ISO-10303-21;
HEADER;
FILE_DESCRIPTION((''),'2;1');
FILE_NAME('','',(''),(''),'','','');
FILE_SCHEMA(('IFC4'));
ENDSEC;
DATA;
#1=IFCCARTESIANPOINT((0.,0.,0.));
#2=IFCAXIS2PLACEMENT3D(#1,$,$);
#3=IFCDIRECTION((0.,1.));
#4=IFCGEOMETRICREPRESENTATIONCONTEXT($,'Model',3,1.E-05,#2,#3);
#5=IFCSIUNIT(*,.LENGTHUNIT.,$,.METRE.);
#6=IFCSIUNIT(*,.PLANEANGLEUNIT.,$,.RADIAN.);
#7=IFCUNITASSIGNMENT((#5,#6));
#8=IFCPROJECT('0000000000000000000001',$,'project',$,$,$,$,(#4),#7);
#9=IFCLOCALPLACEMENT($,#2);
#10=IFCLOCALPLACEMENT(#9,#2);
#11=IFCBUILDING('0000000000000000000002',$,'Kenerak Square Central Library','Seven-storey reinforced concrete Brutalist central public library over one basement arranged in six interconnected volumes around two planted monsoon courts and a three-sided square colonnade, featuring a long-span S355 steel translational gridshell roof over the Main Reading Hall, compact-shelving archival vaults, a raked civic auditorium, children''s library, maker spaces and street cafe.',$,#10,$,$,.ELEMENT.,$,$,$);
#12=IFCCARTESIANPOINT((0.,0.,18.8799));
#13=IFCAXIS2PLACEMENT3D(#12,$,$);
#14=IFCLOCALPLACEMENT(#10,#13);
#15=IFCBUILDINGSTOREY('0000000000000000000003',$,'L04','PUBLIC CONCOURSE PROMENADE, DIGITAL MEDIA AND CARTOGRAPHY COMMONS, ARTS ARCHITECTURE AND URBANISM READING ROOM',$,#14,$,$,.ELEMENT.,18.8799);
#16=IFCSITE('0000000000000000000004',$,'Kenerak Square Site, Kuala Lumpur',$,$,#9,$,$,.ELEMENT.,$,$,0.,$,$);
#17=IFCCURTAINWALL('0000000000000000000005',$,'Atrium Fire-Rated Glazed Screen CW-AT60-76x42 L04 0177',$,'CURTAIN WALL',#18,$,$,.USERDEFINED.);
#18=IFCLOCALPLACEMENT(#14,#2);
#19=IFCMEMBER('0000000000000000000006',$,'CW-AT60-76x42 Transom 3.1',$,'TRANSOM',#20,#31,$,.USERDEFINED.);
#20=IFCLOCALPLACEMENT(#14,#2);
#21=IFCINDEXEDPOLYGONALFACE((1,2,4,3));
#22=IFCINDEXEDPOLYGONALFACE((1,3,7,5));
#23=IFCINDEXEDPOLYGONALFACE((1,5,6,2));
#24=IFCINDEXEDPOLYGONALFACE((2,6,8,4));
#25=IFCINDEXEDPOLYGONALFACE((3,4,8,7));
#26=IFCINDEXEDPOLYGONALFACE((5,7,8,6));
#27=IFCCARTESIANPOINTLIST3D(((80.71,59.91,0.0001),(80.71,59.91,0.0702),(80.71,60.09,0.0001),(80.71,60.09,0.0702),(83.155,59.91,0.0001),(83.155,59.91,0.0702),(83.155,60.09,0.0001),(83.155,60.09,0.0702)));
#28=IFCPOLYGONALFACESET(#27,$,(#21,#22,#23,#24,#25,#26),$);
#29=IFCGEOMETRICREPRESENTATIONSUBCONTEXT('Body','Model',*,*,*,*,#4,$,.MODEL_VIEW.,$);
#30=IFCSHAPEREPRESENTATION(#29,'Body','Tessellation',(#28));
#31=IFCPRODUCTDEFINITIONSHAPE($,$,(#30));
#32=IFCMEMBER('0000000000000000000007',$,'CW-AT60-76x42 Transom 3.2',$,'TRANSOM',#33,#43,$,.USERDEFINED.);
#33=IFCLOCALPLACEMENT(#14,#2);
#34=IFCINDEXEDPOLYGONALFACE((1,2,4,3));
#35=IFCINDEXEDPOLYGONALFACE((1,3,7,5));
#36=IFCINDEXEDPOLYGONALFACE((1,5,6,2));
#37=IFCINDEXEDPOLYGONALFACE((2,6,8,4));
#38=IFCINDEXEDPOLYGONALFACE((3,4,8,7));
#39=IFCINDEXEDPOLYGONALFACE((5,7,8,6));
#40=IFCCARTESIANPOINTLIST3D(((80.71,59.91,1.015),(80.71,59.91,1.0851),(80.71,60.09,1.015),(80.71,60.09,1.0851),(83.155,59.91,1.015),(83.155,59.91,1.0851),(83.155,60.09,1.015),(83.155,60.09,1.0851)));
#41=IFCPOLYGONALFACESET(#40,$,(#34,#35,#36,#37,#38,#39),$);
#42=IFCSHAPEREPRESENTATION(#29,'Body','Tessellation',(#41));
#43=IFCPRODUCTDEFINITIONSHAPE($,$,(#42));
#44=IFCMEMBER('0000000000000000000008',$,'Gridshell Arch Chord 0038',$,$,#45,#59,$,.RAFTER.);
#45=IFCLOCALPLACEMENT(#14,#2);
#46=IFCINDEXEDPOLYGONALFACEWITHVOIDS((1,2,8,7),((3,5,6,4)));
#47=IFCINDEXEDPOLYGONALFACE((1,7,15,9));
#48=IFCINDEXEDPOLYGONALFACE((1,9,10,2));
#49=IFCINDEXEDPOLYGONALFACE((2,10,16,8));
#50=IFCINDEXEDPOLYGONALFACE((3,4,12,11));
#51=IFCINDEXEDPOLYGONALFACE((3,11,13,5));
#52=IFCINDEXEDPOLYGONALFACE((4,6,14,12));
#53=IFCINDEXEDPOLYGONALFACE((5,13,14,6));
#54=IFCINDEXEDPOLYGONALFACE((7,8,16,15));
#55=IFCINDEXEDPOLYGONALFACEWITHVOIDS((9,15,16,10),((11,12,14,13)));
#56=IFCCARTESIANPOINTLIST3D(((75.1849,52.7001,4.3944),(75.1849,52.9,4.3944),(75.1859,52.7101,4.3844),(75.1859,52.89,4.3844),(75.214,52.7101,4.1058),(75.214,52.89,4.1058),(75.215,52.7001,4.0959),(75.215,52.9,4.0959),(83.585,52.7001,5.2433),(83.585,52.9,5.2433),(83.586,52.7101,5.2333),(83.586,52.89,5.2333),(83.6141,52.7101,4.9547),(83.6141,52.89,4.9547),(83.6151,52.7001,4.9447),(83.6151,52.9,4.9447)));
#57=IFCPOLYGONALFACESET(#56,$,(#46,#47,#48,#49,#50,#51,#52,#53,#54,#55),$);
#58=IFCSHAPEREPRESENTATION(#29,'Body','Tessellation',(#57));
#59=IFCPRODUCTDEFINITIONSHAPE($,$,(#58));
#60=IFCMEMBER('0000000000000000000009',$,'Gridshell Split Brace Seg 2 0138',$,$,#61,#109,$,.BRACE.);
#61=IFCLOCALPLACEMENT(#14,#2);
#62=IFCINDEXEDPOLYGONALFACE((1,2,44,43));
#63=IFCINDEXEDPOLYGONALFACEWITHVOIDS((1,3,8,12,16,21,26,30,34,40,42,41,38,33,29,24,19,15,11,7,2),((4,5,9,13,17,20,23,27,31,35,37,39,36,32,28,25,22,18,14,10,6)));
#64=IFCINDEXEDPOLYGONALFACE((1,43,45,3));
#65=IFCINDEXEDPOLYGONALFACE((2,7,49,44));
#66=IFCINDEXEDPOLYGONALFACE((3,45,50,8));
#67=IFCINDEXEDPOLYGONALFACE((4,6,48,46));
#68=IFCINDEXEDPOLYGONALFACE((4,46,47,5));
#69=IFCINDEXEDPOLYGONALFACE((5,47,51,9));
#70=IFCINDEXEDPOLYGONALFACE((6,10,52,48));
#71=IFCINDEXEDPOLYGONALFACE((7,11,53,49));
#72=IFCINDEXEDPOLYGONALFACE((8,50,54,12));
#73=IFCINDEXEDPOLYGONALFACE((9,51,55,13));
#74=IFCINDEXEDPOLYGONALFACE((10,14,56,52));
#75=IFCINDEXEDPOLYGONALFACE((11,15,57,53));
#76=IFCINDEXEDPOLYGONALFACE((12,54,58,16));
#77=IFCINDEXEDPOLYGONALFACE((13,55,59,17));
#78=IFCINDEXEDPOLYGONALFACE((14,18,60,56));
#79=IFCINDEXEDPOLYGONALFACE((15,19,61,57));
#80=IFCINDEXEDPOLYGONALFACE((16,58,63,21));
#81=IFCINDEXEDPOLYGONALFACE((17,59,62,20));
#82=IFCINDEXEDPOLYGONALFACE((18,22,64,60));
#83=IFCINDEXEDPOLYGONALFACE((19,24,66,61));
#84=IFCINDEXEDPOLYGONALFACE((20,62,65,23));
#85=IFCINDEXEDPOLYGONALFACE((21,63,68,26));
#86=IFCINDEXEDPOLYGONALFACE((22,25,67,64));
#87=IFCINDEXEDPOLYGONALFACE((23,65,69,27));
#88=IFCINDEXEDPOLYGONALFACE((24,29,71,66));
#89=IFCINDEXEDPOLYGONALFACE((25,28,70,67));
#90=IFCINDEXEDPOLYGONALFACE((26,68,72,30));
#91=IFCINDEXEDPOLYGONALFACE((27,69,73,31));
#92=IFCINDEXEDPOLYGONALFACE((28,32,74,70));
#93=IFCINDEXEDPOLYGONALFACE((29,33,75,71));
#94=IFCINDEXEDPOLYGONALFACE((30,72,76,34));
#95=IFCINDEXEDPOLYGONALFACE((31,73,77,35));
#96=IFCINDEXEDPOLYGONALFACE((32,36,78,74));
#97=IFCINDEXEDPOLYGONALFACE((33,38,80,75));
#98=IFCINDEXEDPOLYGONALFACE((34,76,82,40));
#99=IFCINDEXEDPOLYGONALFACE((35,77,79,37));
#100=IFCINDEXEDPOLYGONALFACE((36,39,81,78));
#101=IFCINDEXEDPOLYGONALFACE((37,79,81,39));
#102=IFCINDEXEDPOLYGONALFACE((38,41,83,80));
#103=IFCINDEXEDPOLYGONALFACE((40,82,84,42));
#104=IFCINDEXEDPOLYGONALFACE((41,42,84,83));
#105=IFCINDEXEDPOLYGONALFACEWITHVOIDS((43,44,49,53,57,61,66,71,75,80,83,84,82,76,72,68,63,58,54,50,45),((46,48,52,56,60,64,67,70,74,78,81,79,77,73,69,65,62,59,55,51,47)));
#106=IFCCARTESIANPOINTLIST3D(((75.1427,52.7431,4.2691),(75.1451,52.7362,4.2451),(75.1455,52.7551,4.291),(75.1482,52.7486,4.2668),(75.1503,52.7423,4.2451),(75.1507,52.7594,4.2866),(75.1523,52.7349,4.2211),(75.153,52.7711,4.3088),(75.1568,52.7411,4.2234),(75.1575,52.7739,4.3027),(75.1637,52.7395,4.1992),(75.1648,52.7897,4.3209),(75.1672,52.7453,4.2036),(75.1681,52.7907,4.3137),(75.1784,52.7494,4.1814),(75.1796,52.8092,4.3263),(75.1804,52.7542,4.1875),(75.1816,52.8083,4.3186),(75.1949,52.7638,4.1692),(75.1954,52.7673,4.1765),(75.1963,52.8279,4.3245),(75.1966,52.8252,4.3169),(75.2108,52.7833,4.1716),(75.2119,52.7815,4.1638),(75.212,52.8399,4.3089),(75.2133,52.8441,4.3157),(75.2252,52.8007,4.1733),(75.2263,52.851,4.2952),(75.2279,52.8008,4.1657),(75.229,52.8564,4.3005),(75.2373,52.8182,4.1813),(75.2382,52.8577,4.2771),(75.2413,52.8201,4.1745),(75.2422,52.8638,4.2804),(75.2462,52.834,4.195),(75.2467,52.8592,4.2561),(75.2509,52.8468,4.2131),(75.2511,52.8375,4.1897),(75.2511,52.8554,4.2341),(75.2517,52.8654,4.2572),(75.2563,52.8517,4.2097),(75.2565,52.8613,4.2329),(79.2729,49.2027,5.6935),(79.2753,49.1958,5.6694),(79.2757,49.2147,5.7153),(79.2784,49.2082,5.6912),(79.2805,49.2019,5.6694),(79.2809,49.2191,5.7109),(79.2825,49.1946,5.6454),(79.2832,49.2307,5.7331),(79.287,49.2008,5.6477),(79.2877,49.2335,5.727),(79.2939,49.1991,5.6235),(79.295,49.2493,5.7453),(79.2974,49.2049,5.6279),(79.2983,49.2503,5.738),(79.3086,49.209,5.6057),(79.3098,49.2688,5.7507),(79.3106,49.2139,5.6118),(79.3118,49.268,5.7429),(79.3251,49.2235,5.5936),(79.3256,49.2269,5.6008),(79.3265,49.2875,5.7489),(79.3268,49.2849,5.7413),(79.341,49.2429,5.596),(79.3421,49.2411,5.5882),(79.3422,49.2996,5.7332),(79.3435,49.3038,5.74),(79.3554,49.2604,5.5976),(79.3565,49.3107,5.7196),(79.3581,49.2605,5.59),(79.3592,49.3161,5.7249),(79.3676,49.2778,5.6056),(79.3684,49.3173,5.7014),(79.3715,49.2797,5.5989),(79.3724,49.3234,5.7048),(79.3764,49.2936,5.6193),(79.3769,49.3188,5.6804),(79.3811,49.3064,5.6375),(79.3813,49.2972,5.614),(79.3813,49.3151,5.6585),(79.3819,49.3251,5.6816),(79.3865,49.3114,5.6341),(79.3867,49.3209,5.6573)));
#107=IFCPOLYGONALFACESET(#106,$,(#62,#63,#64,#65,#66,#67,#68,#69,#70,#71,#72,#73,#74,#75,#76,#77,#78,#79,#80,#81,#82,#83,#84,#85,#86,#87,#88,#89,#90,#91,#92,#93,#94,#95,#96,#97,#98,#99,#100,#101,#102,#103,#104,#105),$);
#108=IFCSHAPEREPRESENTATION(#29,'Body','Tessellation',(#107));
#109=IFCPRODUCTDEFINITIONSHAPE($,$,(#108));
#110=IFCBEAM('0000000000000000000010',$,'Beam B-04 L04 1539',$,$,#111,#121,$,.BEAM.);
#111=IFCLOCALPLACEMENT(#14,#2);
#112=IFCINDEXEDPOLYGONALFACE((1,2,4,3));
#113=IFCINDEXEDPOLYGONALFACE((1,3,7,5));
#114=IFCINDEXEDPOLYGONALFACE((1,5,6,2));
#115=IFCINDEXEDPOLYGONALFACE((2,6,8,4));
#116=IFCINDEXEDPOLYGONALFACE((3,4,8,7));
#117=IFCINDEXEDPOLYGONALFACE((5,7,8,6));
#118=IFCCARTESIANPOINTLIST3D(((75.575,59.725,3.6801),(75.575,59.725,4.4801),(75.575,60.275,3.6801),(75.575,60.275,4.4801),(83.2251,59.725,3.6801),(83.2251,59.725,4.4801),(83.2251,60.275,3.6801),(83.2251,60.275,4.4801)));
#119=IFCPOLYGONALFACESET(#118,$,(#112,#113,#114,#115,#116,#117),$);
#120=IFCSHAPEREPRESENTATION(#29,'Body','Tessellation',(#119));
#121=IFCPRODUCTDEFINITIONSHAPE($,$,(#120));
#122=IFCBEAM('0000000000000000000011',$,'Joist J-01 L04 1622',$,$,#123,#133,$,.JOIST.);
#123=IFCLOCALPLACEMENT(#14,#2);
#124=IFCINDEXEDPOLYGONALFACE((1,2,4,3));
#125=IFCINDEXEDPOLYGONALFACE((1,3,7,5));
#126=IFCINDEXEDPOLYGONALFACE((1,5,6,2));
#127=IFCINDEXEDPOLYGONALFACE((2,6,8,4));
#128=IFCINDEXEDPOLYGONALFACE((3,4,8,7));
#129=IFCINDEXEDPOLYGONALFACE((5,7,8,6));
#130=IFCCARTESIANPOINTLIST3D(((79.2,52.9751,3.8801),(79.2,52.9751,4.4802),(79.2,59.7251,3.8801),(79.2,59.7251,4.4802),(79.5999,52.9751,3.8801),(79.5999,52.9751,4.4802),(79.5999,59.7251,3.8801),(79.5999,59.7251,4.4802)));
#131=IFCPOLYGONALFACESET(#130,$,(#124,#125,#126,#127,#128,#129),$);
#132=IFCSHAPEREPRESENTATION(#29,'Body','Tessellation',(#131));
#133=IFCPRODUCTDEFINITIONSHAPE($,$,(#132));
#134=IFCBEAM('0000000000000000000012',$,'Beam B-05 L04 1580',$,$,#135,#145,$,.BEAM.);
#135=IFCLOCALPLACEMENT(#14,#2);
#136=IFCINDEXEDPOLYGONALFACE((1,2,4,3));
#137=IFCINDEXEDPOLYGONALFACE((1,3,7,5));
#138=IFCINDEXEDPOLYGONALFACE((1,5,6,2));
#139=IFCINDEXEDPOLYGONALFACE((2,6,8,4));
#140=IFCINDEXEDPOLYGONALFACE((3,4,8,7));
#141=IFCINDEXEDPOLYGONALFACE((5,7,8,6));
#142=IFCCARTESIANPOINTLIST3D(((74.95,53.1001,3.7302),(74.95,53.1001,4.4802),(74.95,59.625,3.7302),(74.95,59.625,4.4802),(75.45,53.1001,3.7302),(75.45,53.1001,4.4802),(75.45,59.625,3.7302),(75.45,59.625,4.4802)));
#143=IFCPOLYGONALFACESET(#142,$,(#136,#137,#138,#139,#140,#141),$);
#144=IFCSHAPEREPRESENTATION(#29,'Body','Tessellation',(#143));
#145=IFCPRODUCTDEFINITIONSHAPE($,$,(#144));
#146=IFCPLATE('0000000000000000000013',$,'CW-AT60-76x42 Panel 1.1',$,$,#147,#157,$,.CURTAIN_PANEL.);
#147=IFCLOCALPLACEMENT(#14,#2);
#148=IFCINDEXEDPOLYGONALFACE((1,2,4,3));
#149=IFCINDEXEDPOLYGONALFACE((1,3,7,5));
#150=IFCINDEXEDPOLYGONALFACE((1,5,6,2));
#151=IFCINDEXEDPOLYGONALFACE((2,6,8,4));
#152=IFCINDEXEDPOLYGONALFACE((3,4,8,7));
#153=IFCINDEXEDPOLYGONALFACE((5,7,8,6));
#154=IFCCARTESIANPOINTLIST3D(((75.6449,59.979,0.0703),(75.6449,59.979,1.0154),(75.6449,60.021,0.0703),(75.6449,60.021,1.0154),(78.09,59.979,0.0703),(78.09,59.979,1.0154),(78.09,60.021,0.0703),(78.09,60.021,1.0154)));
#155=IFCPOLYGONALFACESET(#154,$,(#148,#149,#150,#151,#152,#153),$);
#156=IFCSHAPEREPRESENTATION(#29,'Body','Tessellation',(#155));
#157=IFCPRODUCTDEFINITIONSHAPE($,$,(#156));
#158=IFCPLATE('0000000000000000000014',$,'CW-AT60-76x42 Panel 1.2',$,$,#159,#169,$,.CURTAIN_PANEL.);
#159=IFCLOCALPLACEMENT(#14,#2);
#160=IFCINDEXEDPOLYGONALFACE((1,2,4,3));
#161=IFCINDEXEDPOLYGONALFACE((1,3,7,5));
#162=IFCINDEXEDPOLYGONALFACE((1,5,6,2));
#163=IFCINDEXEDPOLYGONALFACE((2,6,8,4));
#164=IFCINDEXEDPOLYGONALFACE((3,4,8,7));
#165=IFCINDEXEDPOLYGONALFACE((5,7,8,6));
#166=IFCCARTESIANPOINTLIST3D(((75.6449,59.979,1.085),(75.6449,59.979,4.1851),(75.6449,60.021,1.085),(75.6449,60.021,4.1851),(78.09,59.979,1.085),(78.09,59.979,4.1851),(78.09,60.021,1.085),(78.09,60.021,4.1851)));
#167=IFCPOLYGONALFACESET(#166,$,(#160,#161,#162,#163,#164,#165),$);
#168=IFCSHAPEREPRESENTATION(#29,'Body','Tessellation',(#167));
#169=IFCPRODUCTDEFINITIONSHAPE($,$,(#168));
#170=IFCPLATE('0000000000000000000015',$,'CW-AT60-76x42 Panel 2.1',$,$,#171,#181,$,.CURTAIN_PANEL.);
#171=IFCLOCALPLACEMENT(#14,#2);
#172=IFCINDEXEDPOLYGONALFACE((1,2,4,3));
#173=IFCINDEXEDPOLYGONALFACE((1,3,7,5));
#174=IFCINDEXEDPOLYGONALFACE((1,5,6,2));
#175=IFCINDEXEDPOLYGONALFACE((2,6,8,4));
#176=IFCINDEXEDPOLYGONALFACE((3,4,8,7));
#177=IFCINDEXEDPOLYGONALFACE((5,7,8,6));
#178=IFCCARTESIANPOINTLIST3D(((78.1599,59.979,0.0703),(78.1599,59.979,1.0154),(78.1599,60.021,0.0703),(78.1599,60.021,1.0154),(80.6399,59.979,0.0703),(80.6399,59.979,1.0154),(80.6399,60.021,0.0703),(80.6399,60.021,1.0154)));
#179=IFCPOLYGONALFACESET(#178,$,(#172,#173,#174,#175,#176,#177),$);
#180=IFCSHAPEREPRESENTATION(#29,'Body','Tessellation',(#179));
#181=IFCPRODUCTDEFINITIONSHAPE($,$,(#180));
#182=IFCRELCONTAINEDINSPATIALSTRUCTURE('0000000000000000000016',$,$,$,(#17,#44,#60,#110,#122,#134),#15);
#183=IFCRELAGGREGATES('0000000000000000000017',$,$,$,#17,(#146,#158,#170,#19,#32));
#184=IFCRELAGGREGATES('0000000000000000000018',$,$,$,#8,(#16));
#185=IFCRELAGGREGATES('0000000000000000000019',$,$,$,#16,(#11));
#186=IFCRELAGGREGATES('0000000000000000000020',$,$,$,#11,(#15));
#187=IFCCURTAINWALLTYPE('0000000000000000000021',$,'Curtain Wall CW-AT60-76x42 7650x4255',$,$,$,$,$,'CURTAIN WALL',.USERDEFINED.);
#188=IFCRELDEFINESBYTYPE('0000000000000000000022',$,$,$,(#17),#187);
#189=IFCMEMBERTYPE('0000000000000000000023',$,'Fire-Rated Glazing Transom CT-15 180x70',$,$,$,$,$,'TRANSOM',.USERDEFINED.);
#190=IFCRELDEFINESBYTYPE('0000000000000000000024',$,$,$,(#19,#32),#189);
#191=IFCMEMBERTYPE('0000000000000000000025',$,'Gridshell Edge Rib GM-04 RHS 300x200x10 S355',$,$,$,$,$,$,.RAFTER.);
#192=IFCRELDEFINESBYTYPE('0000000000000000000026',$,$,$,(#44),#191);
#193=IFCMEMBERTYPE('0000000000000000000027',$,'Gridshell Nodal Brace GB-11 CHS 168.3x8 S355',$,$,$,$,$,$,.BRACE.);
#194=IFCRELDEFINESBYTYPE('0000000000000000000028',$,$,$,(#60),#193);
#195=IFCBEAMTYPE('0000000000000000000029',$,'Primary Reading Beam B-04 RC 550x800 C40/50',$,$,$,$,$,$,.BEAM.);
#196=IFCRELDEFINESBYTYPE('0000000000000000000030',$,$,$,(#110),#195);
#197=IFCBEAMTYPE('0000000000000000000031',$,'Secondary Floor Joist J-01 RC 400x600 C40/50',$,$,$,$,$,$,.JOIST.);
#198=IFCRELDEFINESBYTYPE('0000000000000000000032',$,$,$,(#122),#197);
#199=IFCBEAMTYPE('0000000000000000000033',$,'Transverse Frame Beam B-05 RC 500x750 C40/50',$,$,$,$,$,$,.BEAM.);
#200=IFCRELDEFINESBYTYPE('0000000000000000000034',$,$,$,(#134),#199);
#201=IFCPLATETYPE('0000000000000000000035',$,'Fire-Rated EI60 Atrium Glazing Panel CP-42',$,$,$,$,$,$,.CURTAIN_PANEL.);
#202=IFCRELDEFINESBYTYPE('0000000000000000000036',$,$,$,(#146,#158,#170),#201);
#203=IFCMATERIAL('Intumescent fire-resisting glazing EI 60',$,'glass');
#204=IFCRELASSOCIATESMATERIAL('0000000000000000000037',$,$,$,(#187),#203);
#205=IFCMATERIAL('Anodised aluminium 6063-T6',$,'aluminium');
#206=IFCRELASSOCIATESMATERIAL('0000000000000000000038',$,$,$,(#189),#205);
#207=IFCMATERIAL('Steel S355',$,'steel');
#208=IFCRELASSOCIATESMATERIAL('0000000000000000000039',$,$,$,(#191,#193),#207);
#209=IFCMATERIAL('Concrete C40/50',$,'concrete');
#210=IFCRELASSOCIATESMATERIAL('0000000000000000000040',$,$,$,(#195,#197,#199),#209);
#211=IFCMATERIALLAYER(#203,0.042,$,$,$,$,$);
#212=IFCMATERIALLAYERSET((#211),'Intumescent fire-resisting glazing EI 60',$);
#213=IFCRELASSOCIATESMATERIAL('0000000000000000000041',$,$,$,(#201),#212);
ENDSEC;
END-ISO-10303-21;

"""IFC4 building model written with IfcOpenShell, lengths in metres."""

from ifc_helpers import new_model, si_unit, direction, frame, origin, origin_2d, place, context, subcontext, project, spatial, rectangle, hollow_rectangle, hollow_circle, extrude, material, layer, layer_set, material_profile, profile_set, type_object, element, aggregate, save


model = new_model("IFC4")

# Units and contexts
model_context = context("Model", 3, precision=1e-05, world=origin(), true_north=direction((0.0, 1.0)))
body_context = subcontext(model_context, "Body", "Model", "MODEL_VIEW")
ifc_project = project(units=[si_unit("LENGTHUNIT", "METRE"), si_unit("PLANEANGLEUNIT", "RADIAN")], contexts=[model_context])

# Site, building, storey
site_placement = place(None, origin())
site = spatial("IfcSite", under=ifc_project, at=site_placement, Name="Kenerak Square Site, Kuala Lumpur", CompositionType="ELEMENT", RefElevation=0.0)
building_placement = place(site_placement, origin())
building = spatial("IfcBuilding", under=site, at=building_placement, Name="Kenerak Square Central Library", Description="Seven-storey reinforced concrete Brutalist central public library over one basement arranged in six interconnected volumes around two planted monsoon courts and a three-sided square colonnade, featuring a long-span S355 steel translational gridshell roof over the Main Reading Hall, compact-shelving archival vaults, a raked civic auditorium, children's library, maker spaces and street cafe.", CompositionType="ELEMENT")
storey_placement = place(building_placement, frame((0.0, 0.0, 18.8799)))
storey = spatial("IfcBuildingStorey", under=building, at=storey_placement, Name="L04", Description="PUBLIC CONCOURSE PROMENADE, DIGITAL MEDIA AND CARTOGRAPHY COMMONS, ARTS ARCHITECTURE AND URBANISM READING ROOM", CompositionType="ELEMENT", Elevation=18.8799)

# Shared definitions
ifc_material_1 = material(Name="Concrete C40/50", Category="concrete")

# Curtain wall, members
ifc_material_2 = material(Name="Intumescent fire-resisting glazing EI 60", Category="glass")
curtain_wall_type = type_object("IfcCurtainWallType", Name="Curtain Wall CW-AT60-76x42 7650x4255", ElementType="CURTAIN WALL", PredefinedType="USERDEFINED", material=ifc_material_2)
curtain_wall_placement = place(storey_placement, origin())
curtain_wall = element("IfcCurtainWall", 1, at=curtain_wall_placement, inside=storey, type_object=curtain_wall_type, Name="Atrium Fire-Rated Glazed Screen CW-AT60-76x42 L04 0177", ObjectType="CURTAIN WALL", PredefinedType="USERDEFINED")
ifc_material_3 = material(Name="Anodised aluminium 6063-T6", Category="aluminium")
ifc_material_profile_1 = material_profile(ifc_material_3, rectangle(XDim=0.1799, YDim=0.0701, at=origin_2d()), Name="AL TRANSOM 180x70")
ifc_profile_set_1 = profile_set([ifc_material_profile_1], Name="Anodised aluminium 6063-T6")
member_type_1 = type_object("IfcMemberType", Name="Fire-Rated Glazing Transom CT-15 180x70", ElementType="TRANSOM", PredefinedType="USERDEFINED", material=ifc_profile_set_1)
member_1_placement = place(storey_placement, frame((80.71, 60.0, 0.0352), z_axis=(1.0, 0.0, 0.0), x_axis=(0.0, 1.0, 0.0)))
member_1 = element("IfcMember", 2, at=member_1_placement, type_object=member_type_1, Name="CW-AT60-76x42 Transom 3.1", ObjectType="TRANSOM", PredefinedType="USERDEFINED", context=body_context, shape_type="SweptSolid", body=[
    extrude(rectangle(XDim=0.1799, YDim=0.0701, at=origin_2d()), origin(), (0.0, 0.0, 1.0), 2.4451),
])
member_2_placement = place(storey_placement, frame((80.71, 60.0, 1.05), z_axis=(1.0, 0.0, 0.0), x_axis=(0.0, 1.0, 0.0)))
member_2 = element("IfcMember", 3, at=member_2_placement, type_object=member_type_1, Name="CW-AT60-76x42 Transom 3.2", ObjectType="TRANSOM", PredefinedType="USERDEFINED", context=body_context, shape_type="SweptSolid", body=[
    extrude(rectangle(XDim=0.1799, YDim=0.0701, at=origin_2d()), origin(), (0.0, 0.0, 1.0), 2.4451),
])

# Members
ifc_material_4 = material(Name="Steel S355", Category="steel")
ifc_material_profile_2 = material_profile(ifc_material_4, hollow_rectangle(XDim=0.2, YDim=0.3, WallThickness=0.01, at=origin_2d()), Name="RHS 300x200x10.0")
ifc_profile_set_2 = profile_set([ifc_material_profile_2], Name="Steel S355")
member_type_2 = type_object("IfcMemberType", Name="Gridshell Edge Rib GM-04 RHS 300x200x10 S355", PredefinedType="RAFTER", material=ifc_profile_set_2)
member_3_placement = place(storey_placement, frame((75.2, 52.8, 4.2451), z_axis=(0.994933, 0.0, 0.100543), x_axis=(0.0, 1.0, 0.0)))
element("IfcMember", 4, at=member_3_placement, inside=storey, type_object=member_type_2, Name="Gridshell Arch Chord 0038", PredefinedType="RAFTER", context=body_context, shape_type="SweptSolid", body=[
    extrude(hollow_rectangle(XDim=0.2, YDim=0.3, WallThickness=0.01, at=origin_2d()), origin(), (0.0, 0.0, 1.0), 8.4429),
])
ifc_material_profile_3 = material_profile(ifc_material_4, hollow_circle(Radius=0.0842, WallThickness=0.0081, at=origin_2d()), Name="CHS 168.3x8.0")
ifc_profile_set_3 = profile_set([ifc_material_profile_3], Name="Steel S355")
member_type_3 = type_object("IfcMemberType", Name="Gridshell Nodal Brace GB-11 CHS 168.3x8 S355", PredefinedType="BRACE", material=ifc_profile_set_3)
member_4_placement = place(storey_placement, frame((79.3301, 49.2598, 5.6694), z_axis=(-0.734482, 0.629587, -0.253293), x_axis=(-0.65081, -0.759241, 0.0)))
element("IfcMember", 5, at=member_4_placement, inside=storey, type_object=member_type_3, Name="Gridshell Split Brace Seg 2 0138", PredefinedType="BRACE", context=body_context, shape_type="SweptSolid", body=[
    extrude(hollow_circle(Radius=0.0842, WallThickness=0.0081, at=origin_2d()), origin(), (0.0, 0.0, 1.0), 5.6233),
])

# Beams
ifc_material_profile_4 = material_profile(ifc_material_1, rectangle(XDim=0.55, YDim=0.8, at=origin_2d()), Name="RC 550x800")
ifc_profile_set_4 = profile_set([ifc_material_profile_4], Name="Concrete C40/50")
beam_type_1 = type_object("IfcBeamType", Name="Primary Reading Beam B-04 RC 550x800 C40/50", PredefinedType="BEAM", material=ifc_profile_set_4)
beam_1_placement = place(storey_placement, frame((75.575, 60.0, 4.0801), z_axis=(1.0, 0.0, 0.0), x_axis=(0.0, 1.0, 0.0)))
element("IfcBeam", 6, at=beam_1_placement, inside=storey, type_object=beam_type_1, Name="Beam B-04 L04 1539", PredefinedType="BEAM", context=body_context, shape_type="SweptSolid", body=[
    extrude(rectangle(XDim=0.55, YDim=0.8, at=origin_2d()), origin(), (0.0, 0.0, 1.0), 7.6501),
])
ifc_material_profile_5 = material_profile(ifc_material_1, rectangle(XDim=0.3999, YDim=0.6001, at=origin_2d()), Name="RC 400x600")
ifc_profile_set_5 = profile_set([ifc_material_profile_5], Name="Concrete C40/50")
beam_type_2 = type_object("IfcBeamType", Name="Secondary Floor Joist J-01 RC 400x600 C40/50", PredefinedType="JOIST", material=ifc_profile_set_5)
beam_2_placement = place(storey_placement, frame((79.3999, 52.9751, 4.1802), z_axis=(0.0, 1.0, 0.0), x_axis=(-1.0, 0.0, 0.0)))
element("IfcBeam", 7, at=beam_2_placement, inside=storey, type_object=beam_type_2, Name="Joist J-01 L04 1622", PredefinedType="JOIST", context=body_context, shape_type="SweptSolid", body=[
    extrude(rectangle(XDim=0.3999, YDim=0.6001, at=origin_2d()), origin(), (0.0, 0.0, 1.0), 6.75),
])
ifc_material_profile_6 = material_profile(ifc_material_1, rectangle(XDim=0.5, YDim=0.75, at=origin_2d()), Name="RC 500x750")
ifc_profile_set_6 = profile_set([ifc_material_profile_6], Name="Concrete C40/50")
beam_type_3 = type_object("IfcBeamType", Name="Transverse Frame Beam B-05 RC 500x750 C40/50", PredefinedType="BEAM", material=ifc_profile_set_6)
beam_3_placement = place(storey_placement, frame((75.2, 53.1001, 4.1052), z_axis=(0.0, 1.0, 0.0), x_axis=(-1.0, 0.0, 0.0)))
element("IfcBeam", 8, at=beam_3_placement, inside=storey, type_object=beam_type_3, Name="Beam B-05 L04 1580", PredefinedType="BEAM", context=body_context, shape_type="SweptSolid", body=[
    extrude(rectangle(XDim=0.5, YDim=0.75, at=origin_2d()), origin(), (0.0, 0.0, 1.0), 6.5249),
])

# Plates
ifc_layer_1 = layer(ifc_material_2, 0.042)
ifc_layer_set_1 = layer_set([ifc_layer_1], Name="Intumescent fire-resisting glazing EI 60")
plate_type_1 = type_object("IfcPlateType", Name="Fire-Rated EI60 Atrium Glazing Panel CP-42", PredefinedType="CURTAIN_PANEL", material=ifc_layer_set_1)
plate_1_placement = place(storey_placement, frame((76.8674, 60.0, 0.0703), z_axis=(0.0, 0.0, 1.0), x_axis=(1.0, 0.0, 0.0)))
plate_1 = element("IfcPlate", 9, at=plate_1_placement, type_object=plate_type_1, Name="CW-AT60-76x42 Panel 1.1", PredefinedType="CURTAIN_PANEL", context=body_context, shape_type="SweptSolid", body=[
    extrude(rectangle(XDim=2.4451, YDim=0.042, at=origin_2d()), origin(), (0.0, 0.0, 1.0), 0.9451),
])
plate_2_placement = place(storey_placement, frame((76.8674, 60.0, 1.085), z_axis=(0.0, 0.0, 1.0), x_axis=(1.0, 0.0, 0.0)))
plate_2 = element("IfcPlate", 10, at=plate_2_placement, type_object=plate_type_1, Name="CW-AT60-76x42 Panel 1.2", PredefinedType="CURTAIN_PANEL", context=body_context, shape_type="SweptSolid", body=[
    extrude(rectangle(XDim=2.4451, YDim=0.042, at=origin_2d()), origin(), (0.0, 0.0, 1.0), 3.1001),
])
plate_3_placement = place(storey_placement, frame((79.3999, 60.0, 0.0703), z_axis=(0.0, 0.0, 1.0), x_axis=(1.0, 0.0, 0.0)))
plate_3 = element("IfcPlate", 11, at=plate_3_placement, type_object=plate_type_1, Name="CW-AT60-76x42 Panel 2.1", PredefinedType="CURTAIN_PANEL", context=body_context, shape_type="SweptSolid", body=[
    extrude(rectangle(XDim=2.48, YDim=0.042, at=origin_2d()), origin(), (0.0, 0.0, 1.0), 0.9451),
])
aggregate(curtain_wall, [plate_1, plate_2, plate_3, member_1, member_2])

save(model, "model.ifc")
